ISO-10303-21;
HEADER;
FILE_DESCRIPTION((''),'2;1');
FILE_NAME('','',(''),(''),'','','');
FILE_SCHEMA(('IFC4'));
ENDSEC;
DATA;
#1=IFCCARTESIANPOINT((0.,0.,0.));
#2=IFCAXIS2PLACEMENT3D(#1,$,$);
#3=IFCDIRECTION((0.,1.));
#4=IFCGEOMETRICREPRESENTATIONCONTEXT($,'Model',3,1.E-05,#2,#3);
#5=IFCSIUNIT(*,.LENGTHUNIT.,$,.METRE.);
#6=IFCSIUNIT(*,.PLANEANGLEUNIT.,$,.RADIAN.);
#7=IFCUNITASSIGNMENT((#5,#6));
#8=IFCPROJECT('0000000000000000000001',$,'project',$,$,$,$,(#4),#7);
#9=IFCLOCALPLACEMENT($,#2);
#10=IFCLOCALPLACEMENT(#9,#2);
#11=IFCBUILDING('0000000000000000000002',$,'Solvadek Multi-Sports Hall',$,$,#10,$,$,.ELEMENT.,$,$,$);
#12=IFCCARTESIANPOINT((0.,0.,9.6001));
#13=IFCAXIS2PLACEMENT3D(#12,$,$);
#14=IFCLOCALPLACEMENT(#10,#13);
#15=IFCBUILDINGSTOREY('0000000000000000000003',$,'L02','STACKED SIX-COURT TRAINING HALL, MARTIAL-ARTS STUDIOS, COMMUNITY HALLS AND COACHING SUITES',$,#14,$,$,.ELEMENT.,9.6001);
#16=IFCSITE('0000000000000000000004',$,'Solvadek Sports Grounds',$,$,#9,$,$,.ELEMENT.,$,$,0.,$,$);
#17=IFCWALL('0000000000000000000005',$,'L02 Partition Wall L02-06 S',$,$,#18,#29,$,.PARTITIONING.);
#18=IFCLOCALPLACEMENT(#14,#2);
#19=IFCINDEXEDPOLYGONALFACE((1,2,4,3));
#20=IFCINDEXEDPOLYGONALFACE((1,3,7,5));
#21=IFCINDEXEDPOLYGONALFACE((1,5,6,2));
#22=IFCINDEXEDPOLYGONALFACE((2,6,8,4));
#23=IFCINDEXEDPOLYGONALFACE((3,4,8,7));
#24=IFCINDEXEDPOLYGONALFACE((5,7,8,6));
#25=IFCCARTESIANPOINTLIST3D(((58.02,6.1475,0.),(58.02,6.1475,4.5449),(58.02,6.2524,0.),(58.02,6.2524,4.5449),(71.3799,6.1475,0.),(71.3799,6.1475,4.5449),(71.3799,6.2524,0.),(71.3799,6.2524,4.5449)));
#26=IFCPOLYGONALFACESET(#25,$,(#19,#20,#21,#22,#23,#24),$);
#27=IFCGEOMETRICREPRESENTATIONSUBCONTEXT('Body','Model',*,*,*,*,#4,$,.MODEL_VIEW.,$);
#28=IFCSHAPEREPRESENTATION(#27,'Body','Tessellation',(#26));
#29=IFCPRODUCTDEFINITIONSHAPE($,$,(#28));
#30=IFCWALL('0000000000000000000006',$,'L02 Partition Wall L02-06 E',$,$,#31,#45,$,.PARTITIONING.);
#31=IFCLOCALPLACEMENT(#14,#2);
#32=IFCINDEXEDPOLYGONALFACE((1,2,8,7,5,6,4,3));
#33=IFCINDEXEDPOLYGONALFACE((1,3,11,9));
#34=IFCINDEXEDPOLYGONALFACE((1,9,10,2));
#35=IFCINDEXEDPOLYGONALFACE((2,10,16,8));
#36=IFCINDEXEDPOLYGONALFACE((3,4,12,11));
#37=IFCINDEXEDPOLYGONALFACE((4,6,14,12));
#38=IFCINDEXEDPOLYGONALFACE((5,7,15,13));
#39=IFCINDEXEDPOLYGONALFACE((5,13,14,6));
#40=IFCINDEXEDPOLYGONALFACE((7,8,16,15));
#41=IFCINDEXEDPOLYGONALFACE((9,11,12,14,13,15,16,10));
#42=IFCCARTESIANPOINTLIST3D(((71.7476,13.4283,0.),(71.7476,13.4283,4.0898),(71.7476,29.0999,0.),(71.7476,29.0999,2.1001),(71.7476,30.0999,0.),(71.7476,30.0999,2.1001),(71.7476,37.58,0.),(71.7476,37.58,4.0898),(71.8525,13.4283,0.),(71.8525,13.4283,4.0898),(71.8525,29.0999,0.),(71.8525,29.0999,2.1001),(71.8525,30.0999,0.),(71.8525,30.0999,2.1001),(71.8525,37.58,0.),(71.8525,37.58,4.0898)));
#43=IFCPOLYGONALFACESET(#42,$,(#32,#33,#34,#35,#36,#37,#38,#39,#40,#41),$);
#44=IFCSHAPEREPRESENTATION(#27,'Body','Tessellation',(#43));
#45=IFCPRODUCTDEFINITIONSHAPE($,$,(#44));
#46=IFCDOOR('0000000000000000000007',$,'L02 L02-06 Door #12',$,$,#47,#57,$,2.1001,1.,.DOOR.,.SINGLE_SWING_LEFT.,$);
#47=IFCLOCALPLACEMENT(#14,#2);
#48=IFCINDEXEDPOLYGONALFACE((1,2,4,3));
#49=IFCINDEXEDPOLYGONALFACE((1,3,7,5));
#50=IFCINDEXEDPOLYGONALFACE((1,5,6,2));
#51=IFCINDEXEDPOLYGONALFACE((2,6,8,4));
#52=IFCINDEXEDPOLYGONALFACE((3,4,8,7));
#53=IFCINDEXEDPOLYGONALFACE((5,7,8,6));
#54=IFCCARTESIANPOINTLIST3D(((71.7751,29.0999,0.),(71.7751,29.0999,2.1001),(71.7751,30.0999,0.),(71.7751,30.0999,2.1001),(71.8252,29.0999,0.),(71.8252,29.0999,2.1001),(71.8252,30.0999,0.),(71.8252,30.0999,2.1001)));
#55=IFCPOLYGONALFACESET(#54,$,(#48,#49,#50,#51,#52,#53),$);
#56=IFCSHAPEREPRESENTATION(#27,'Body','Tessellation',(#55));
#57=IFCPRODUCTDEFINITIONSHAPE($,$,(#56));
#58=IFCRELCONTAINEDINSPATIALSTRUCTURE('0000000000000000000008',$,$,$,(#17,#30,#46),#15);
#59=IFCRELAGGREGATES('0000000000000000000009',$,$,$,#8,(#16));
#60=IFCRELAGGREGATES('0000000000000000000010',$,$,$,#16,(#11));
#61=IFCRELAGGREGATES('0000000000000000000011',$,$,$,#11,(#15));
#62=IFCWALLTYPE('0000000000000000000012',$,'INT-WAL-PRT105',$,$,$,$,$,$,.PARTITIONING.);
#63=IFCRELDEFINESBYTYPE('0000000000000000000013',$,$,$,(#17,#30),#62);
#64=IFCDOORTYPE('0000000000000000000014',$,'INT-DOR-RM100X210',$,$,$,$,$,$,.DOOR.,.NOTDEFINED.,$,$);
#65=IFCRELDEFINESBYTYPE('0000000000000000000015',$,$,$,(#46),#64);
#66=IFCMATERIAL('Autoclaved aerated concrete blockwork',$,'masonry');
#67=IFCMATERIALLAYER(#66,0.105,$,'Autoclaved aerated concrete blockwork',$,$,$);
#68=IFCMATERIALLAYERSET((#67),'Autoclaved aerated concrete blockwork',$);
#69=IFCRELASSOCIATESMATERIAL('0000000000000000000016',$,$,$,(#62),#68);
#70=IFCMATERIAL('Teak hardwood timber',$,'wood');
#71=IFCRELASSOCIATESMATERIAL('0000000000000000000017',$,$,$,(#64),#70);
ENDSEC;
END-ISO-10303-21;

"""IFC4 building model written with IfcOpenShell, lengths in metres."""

from ifc_helpers import new_model, si_unit, direction, frame, frame_2d, origin, place, context, subcontext, project, spatial, rectangle, extrude, material, layer, layer_set, type_object, element, fill, save


model = new_model("IFC4")

# Units and contexts
model_context = context("Model", 3, precision=1e-05, world=origin(), true_north=direction((0.0, 1.0)))
body_context = subcontext(model_context, "Body", "Model", "MODEL_VIEW")
ifc_project = project(units=[si_unit("LENGTHUNIT", "METRE"), si_unit("PLANEANGLEUNIT", "RADIAN")], contexts=[model_context])

# Site, building, storey
site_placement = place(None, origin())
site = spatial("IfcSite", under=ifc_project, at=site_placement, Name="Solvadek Sports Grounds", CompositionType="ELEMENT", RefElevation=0.0)
building_placement = place(site_placement, origin())
building = spatial("IfcBuilding", under=site, at=building_placement, Name="Solvadek Multi-Sports Hall", CompositionType="ELEMENT")
storey_placement = place(building_placement, frame((0.0, 0.0, 9.6001)))
storey = spatial("IfcBuildingStorey", under=building, at=storey_placement, Name="L02", Description="STACKED SIX-COURT TRAINING HALL, MARTIAL-ARTS STUDIOS, COMMUNITY HALLS AND COACHING SUITES", CompositionType="ELEMENT", Elevation=9.6001)

# Wall
ifc_material_1 = material(Name="Autoclaved aerated concrete blockwork", Category="masonry")
ifc_layer_1 = layer(ifc_material_1, 0.105, Name="Autoclaved aerated concrete blockwork")
ifc_layer_set_1 = layer_set([ifc_layer_1], Name="Autoclaved aerated concrete blockwork")
wall_type_1 = type_object("IfcWallType", Name="INT-WAL-PRT105", PredefinedType="PARTITIONING", material=ifc_layer_set_1)
wall_1_placement = place(storey_placement, frame((58.02, 6.2, 0.0), z_axis=(0.0, 0.0, 1.0), x_axis=(1.0, 0.0, 0.0)))
element("IfcWall", 1, at=wall_1_placement, inside=storey, type_object=wall_type_1, Name="L02 Partition Wall L02-06 S", PredefinedType="PARTITIONING", context=body_context, shape_type="SweptSolid", body=[
    extrude(rectangle(XDim=13.3599, YDim=0.105, at=frame_2d((6.6799, 0.0))), origin(), (0.0, 0.0, 1.0), 4.5449),
])

# Wall, opening, door
wall_2_placement = place(storey_placement, frame((71.8, 13.4285, 0.0), z_axis=(0.0, 0.0, 1.0), x_axis=(0.0, 1.0, 0.0)))
wall_2 = element("IfcWall", 2, at=wall_2_placement, inside=storey, type_object=wall_type_1, Name="L02 Partition Wall L02-06 E", PredefinedType="PARTITIONING", context=body_context, shape_type="SweptSolid", body=[
    extrude(rectangle(XDim=24.1516, YDim=0.105, at=frame_2d((12.0757, 0.0))), origin(), (0.0, 0.0, 1.0), 4.0898),
])
opening_1_placement = place(wall_2_placement, frame((15.6714, 0.0, 0.0)))
opening_1 = element("IfcOpeningElement", 3, at=opening_1_placement, cuts=wall_2, PredefinedType="OPENING", context=body_context, shape_type="SweptSolid", body=[
    extrude(rectangle(XDim=1.0, YDim=2.1001, at=frame_2d((0.5, 1.05))), frame((0.0, 0.0625, 0.0), z_axis=(0.0, -1.0, 0.0), x_axis=(1.0, 0.0, 0.0)), (0.0, 0.0, 1.0), 0.125),
])
ifc_material_2 = material(Name="Teak hardwood timber", Category="wood")
door_type_1 = type_object("IfcDoorType", Name="INT-DOR-RM100X210", OperationType="NOTDEFINED", PredefinedType="DOOR", material=ifc_material_2)
door_1_placement = place(opening_1_placement, origin())
door_1 = element("IfcDoor", 4, at=door_1_placement, inside=storey, type_object=door_type_1, Name="L02 L02-06 Door #12", OperationType="SINGLE_SWING_LEFT", OverallHeight=2.1001, OverallWidth=1.0, PredefinedType="DOOR", context=body_context, shape_type="SweptSolid", body=[
    extrude(rectangle(XDim=1.0, YDim=2.1001, at=frame_2d((0.5, 1.05))), frame((0.0, 0.0249, 0.0), z_axis=(0.0, -1.0, 0.0), x_axis=(1.0, 0.0, 0.0)), (0.0, 0.0, 1.0), 0.05),
])
fill(opening_1, door_1)

save(model, "model.ifc")
